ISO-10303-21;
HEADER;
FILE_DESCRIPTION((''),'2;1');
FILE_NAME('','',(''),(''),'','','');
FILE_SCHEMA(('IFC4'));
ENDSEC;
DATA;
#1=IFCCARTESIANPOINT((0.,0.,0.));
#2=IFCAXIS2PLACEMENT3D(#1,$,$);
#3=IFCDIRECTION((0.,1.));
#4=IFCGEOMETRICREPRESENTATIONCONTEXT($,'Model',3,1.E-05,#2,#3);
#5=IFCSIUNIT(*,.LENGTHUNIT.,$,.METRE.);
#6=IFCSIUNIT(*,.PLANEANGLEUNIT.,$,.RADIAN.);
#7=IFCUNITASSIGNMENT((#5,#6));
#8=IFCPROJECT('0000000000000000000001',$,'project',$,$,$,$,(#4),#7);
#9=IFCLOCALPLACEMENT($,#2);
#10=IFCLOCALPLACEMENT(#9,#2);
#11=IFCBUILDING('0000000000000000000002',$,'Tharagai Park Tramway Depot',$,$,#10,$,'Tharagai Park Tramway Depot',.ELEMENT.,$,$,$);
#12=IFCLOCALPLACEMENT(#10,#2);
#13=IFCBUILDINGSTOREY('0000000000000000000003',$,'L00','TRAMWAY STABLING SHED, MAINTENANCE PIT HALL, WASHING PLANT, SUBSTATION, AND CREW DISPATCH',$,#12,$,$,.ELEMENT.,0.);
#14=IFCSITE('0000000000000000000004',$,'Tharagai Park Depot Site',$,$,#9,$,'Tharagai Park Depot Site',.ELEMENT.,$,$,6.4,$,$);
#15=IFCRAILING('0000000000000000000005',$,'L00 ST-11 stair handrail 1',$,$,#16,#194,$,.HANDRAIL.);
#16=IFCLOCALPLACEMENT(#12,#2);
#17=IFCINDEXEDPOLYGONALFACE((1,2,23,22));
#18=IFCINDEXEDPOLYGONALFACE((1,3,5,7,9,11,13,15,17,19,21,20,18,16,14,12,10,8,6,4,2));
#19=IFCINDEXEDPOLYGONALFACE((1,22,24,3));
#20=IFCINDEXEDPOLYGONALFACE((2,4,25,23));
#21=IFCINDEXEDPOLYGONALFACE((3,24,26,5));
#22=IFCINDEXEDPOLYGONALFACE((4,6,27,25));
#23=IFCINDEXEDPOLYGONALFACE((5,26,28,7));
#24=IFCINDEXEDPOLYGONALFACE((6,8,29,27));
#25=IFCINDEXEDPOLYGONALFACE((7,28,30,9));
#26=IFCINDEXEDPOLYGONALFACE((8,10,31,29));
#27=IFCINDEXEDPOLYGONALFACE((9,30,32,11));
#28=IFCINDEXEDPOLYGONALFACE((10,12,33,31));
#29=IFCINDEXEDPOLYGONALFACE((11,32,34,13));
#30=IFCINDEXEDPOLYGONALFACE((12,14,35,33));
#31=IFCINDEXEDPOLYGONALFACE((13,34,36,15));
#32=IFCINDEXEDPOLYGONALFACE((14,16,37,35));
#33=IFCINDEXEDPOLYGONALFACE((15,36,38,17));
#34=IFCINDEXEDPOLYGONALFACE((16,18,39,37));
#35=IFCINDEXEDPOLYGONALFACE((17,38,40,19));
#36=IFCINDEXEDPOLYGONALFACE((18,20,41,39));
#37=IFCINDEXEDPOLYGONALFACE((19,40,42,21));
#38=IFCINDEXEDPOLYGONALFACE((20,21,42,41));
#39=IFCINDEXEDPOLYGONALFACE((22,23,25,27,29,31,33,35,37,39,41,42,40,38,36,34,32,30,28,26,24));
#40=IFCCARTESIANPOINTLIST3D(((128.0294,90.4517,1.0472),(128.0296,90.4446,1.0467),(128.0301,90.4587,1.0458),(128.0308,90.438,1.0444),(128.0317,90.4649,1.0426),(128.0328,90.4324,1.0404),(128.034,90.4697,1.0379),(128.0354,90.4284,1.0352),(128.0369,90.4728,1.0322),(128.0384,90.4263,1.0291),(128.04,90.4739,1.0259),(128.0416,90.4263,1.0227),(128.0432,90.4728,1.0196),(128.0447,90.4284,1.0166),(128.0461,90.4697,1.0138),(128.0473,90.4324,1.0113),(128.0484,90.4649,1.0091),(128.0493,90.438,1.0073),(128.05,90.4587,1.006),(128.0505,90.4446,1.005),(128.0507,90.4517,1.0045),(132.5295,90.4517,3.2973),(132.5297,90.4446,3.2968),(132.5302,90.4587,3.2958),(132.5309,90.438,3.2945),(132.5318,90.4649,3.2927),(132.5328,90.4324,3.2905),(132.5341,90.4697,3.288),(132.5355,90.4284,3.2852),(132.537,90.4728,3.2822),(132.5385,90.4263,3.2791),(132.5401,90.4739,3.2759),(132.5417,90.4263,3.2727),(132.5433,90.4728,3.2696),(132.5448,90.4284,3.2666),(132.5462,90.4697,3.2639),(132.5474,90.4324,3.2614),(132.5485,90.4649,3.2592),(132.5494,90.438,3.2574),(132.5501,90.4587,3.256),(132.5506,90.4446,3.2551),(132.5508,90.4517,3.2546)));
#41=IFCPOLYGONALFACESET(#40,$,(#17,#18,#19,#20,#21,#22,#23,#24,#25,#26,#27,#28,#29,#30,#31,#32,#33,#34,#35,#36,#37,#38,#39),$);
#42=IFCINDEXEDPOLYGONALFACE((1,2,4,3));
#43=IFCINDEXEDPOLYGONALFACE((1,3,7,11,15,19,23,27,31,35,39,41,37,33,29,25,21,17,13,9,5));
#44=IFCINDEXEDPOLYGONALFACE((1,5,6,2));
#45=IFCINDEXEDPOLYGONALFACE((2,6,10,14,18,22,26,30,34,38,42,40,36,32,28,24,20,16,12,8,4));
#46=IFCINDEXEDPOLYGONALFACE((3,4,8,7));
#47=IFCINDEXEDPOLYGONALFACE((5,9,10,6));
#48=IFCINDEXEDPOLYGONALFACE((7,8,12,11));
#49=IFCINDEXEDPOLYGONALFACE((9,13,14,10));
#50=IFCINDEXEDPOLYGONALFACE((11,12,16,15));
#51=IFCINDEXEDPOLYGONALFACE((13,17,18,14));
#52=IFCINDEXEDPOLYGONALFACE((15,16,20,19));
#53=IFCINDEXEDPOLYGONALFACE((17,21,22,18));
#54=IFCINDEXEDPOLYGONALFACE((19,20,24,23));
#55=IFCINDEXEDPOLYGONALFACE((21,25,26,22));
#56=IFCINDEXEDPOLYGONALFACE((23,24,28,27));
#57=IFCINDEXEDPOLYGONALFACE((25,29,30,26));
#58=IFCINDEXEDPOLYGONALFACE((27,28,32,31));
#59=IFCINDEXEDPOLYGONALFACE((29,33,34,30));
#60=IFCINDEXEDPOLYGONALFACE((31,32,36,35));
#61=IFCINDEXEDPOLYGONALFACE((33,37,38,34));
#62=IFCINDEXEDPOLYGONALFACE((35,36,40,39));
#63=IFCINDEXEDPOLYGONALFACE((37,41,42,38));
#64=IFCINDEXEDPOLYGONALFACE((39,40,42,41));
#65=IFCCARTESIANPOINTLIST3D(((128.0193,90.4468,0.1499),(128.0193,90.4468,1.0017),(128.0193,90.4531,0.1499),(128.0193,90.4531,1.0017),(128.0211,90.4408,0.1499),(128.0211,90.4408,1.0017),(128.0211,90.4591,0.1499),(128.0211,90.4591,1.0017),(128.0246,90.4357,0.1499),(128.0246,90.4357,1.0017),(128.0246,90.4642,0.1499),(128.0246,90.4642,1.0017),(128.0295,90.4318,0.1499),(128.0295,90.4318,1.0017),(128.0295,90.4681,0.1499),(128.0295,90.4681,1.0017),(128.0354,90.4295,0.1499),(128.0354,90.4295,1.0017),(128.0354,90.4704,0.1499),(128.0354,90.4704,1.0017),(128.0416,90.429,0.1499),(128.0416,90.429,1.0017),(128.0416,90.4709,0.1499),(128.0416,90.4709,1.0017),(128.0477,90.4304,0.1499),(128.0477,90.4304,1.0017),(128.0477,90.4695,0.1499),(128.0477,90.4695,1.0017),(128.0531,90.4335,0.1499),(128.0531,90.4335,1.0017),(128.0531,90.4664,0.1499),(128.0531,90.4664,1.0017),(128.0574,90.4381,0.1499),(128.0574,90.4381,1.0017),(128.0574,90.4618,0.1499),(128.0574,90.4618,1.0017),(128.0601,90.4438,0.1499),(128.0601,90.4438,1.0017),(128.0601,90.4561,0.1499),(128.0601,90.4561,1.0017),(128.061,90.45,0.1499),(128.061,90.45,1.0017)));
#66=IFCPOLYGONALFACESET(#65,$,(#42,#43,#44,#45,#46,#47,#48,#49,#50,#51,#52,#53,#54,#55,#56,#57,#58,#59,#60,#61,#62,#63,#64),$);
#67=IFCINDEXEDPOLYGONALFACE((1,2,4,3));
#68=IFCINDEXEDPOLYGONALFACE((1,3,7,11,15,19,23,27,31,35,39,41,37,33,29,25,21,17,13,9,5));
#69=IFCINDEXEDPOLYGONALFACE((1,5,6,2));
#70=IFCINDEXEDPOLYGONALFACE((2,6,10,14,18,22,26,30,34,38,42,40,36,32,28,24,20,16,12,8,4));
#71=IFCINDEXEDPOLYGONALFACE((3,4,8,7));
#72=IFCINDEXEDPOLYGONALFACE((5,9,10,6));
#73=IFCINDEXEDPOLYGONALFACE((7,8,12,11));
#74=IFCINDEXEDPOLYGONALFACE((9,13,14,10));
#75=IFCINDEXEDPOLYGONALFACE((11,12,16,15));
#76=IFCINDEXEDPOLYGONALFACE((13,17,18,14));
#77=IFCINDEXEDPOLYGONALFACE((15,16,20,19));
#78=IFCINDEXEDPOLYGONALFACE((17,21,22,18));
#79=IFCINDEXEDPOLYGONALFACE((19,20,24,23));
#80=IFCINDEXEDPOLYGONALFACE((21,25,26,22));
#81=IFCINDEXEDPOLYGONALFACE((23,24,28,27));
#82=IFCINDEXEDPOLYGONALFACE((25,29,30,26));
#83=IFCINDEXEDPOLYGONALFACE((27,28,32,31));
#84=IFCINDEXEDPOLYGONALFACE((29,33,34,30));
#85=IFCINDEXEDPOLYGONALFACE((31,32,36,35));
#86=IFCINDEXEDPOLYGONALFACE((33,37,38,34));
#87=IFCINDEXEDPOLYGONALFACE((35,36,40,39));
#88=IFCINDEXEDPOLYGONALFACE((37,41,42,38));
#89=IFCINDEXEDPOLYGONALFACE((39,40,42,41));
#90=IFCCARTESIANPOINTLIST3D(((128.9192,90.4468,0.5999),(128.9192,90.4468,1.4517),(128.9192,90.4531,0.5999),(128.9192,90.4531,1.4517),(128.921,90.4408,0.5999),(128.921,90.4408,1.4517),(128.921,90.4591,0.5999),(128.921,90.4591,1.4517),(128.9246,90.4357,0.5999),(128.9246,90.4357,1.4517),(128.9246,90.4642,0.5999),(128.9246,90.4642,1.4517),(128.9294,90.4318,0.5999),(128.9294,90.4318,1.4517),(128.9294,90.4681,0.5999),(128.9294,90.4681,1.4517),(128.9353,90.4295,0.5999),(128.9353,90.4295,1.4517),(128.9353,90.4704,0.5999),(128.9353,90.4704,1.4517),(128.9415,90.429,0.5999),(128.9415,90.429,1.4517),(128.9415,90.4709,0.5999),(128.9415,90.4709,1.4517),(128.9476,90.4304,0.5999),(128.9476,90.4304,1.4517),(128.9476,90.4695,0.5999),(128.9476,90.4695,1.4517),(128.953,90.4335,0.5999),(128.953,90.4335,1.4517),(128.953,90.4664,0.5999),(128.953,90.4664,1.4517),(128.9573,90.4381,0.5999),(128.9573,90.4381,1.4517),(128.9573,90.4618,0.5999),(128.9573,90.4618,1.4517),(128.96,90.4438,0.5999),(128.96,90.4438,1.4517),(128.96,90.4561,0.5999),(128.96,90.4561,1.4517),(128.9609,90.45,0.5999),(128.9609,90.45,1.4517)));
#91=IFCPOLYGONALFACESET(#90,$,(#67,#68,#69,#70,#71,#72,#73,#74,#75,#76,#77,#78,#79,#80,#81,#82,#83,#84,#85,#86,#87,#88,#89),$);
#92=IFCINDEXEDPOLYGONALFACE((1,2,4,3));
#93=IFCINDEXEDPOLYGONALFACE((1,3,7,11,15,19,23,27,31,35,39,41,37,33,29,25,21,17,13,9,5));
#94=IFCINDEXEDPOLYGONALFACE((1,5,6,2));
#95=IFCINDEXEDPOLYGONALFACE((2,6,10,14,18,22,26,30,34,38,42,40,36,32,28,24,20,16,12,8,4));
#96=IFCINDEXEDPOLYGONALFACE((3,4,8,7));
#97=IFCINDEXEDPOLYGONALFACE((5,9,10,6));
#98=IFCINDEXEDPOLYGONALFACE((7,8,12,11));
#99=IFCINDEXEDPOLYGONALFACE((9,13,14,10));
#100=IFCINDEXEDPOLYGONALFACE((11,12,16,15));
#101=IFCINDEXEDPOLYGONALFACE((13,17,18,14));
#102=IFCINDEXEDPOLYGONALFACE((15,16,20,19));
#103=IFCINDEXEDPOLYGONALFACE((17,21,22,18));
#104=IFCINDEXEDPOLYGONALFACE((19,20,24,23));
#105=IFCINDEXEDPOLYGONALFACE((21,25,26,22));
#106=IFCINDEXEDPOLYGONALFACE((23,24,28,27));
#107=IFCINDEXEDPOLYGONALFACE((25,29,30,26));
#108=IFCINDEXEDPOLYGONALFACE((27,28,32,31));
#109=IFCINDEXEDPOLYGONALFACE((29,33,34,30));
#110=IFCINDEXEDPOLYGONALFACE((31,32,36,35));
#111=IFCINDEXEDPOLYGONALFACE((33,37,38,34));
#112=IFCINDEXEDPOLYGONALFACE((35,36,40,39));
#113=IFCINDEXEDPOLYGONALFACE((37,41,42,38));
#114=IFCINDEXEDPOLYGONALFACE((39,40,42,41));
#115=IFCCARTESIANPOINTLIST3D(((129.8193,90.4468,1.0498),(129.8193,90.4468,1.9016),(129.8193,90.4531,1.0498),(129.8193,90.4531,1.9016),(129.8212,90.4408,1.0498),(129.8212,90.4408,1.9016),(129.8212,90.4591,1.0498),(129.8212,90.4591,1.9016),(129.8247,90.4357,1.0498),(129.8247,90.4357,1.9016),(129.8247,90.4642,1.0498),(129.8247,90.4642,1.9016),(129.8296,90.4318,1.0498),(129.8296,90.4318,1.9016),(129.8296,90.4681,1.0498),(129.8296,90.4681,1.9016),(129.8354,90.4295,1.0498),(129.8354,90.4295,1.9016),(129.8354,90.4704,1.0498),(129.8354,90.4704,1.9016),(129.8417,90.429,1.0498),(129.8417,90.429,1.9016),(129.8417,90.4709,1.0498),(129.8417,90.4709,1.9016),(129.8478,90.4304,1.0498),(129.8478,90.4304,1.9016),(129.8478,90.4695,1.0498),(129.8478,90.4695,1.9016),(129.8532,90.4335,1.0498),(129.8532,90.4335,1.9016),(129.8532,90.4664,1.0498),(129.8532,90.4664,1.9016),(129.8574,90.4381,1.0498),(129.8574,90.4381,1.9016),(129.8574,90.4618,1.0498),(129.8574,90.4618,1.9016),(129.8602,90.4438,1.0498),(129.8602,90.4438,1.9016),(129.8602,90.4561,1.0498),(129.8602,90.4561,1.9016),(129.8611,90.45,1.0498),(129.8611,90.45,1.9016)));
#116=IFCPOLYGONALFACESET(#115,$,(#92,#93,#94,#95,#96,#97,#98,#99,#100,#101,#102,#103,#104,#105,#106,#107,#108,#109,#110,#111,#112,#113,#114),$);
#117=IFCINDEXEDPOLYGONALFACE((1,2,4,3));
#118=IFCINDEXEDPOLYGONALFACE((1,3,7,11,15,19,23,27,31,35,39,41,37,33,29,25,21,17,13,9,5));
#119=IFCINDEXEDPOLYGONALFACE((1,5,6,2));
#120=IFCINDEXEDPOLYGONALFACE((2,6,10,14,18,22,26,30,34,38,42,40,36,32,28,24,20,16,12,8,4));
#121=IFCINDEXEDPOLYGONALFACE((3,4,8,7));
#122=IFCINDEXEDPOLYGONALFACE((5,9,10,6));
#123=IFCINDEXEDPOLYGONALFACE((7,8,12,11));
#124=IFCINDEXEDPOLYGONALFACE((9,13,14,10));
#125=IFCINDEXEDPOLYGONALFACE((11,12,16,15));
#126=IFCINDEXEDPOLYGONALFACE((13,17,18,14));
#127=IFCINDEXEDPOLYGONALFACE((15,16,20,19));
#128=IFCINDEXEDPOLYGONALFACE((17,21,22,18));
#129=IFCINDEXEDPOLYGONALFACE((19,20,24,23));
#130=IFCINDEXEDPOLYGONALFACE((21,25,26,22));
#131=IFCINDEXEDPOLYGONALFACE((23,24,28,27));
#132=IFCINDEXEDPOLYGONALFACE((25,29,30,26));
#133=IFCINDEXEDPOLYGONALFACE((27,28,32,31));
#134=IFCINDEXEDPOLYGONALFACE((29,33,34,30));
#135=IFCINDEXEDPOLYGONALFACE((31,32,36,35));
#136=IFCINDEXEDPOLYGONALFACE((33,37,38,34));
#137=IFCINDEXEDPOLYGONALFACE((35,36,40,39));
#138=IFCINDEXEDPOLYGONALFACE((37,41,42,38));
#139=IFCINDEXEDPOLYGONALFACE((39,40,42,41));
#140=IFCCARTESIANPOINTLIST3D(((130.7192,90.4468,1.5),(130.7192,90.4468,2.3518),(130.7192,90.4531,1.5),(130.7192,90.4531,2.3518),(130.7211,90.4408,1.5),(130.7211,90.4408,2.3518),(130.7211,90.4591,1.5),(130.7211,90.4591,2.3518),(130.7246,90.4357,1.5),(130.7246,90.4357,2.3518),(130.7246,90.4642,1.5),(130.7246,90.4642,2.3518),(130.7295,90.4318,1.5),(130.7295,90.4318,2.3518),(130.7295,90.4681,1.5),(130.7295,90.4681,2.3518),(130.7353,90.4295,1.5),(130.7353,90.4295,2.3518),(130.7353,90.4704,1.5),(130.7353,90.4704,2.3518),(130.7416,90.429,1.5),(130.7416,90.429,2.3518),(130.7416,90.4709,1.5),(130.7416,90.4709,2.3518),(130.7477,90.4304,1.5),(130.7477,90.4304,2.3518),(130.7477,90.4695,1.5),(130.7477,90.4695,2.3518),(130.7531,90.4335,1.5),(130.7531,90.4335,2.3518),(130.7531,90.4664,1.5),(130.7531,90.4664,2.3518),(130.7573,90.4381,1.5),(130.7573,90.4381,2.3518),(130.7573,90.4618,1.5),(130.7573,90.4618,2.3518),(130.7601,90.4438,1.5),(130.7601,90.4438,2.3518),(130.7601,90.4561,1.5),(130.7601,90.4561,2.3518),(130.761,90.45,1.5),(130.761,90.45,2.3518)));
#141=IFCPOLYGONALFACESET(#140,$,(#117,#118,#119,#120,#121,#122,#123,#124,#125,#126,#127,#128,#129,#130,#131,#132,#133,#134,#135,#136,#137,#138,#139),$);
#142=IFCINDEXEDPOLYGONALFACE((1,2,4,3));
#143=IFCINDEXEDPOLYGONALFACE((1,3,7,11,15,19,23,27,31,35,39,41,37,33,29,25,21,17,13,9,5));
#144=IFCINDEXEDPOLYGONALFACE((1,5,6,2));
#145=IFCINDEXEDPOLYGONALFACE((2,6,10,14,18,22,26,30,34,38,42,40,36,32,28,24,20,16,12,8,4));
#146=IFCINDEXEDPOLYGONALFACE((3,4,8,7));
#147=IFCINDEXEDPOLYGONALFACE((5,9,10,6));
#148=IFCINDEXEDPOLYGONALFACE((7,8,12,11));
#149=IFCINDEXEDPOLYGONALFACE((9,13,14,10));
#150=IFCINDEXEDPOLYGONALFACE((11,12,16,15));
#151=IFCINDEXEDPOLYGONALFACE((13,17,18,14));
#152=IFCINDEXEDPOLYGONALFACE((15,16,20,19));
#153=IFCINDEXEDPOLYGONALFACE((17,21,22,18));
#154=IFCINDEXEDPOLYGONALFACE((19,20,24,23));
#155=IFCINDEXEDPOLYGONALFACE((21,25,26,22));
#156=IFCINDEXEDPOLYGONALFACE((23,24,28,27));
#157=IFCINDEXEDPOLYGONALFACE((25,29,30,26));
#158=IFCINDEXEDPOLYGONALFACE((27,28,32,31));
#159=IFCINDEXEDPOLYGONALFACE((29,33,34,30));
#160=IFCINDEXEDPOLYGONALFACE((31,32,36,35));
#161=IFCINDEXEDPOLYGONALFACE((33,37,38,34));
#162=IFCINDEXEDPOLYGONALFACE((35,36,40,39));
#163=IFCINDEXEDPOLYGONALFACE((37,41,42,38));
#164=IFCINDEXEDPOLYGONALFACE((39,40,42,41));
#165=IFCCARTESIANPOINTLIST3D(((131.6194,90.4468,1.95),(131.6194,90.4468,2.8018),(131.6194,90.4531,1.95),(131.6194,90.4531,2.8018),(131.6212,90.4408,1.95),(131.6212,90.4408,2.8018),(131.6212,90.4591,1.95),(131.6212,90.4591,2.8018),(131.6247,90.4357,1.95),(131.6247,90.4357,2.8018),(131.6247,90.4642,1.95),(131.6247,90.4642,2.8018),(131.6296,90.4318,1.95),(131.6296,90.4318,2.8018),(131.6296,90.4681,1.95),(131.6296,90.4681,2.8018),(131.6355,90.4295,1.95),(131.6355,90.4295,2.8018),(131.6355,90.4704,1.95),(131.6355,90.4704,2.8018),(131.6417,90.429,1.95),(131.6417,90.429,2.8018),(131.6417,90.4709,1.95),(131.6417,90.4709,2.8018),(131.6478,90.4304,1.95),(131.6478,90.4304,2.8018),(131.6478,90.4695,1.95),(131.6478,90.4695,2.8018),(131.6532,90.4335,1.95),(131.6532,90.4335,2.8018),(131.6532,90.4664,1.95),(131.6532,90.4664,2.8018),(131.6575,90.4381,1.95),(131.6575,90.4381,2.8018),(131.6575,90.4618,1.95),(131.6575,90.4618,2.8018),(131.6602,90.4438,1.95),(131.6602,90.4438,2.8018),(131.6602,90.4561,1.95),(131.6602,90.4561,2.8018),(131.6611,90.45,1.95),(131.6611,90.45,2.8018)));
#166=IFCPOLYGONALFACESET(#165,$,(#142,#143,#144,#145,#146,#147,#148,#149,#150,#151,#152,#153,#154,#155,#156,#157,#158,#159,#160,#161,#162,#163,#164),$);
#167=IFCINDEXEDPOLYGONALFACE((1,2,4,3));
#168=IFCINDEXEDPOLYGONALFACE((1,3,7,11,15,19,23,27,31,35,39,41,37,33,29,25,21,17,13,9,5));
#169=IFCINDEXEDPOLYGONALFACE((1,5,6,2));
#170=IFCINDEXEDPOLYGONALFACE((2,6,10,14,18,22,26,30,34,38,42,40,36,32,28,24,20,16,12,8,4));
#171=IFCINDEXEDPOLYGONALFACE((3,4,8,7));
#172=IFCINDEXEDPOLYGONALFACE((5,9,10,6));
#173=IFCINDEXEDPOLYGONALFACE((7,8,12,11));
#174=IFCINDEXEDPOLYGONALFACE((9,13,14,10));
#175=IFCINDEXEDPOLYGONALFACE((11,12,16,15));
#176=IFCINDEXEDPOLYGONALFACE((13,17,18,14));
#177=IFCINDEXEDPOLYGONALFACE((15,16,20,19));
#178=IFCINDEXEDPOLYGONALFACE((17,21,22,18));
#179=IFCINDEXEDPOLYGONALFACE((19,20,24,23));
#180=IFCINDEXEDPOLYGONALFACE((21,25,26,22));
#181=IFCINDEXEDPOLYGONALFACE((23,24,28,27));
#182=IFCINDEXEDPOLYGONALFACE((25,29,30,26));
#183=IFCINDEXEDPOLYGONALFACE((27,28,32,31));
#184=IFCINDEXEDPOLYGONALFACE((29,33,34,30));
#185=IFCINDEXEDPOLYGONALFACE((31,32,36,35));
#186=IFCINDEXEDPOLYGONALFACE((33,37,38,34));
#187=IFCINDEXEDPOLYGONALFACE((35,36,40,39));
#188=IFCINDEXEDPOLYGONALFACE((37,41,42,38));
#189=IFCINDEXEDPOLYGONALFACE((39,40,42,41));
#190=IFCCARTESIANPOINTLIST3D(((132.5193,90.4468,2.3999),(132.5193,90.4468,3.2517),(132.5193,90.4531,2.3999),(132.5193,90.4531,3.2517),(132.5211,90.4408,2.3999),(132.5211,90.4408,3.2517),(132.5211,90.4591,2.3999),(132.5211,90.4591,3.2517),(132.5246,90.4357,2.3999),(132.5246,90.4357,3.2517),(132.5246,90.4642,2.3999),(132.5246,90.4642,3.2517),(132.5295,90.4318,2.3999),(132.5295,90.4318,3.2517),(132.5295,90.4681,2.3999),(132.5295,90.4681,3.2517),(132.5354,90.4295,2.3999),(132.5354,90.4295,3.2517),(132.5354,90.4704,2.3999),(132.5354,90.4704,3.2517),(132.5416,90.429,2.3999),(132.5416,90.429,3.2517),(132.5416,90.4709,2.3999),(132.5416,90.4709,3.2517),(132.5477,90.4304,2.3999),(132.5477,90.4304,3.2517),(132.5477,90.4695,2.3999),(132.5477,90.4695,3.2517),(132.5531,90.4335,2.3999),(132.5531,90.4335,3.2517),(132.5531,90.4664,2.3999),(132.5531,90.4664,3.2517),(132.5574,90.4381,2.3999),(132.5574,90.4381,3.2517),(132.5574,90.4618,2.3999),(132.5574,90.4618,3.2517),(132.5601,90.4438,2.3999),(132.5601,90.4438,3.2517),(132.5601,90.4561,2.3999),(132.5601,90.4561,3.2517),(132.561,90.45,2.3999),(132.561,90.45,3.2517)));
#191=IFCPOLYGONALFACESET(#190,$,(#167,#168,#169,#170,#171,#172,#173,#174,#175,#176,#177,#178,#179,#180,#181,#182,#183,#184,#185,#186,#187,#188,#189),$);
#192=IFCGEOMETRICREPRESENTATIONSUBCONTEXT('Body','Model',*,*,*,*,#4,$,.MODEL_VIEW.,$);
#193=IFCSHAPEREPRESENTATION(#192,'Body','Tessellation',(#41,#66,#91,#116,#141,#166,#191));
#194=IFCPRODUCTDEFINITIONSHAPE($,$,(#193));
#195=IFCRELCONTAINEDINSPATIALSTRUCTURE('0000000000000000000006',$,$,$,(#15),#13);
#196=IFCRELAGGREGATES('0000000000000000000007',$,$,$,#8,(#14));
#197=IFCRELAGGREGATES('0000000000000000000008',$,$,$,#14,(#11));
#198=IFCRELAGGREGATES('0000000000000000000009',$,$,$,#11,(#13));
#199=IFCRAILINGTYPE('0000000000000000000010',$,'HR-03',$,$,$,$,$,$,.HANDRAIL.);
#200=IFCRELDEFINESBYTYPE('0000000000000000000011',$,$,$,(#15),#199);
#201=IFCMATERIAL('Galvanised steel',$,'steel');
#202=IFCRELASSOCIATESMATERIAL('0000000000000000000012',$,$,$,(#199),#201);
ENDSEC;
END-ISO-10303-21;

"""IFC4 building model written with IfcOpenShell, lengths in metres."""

from ifc_helpers import new_model, si_unit, direction, frame, origin, origin_2d, place, context, subcontext, project, spatial, circle, extrude, material, type_object, element, save


model = new_model("IFC4")

# Units and contexts
model_context = context("Model", 3, precision=1e-05, world=origin(), true_north=direction((0.0, 1.0)))
body_context = subcontext(model_context, "Body", "Model", "MODEL_VIEW")
ifc_project = project(units=[si_unit("LENGTHUNIT", "METRE"), si_unit("PLANEANGLEUNIT", "RADIAN")], contexts=[model_context])

# Site, building, storey
site_placement = place(None, origin())
site = spatial("IfcSite", under=ifc_project, at=site_placement, Name="Tharagai Park Depot Site", LongName="Tharagai Park Depot Site", CompositionType="ELEMENT", RefElevation=6.4)
building_placement = place(site_placement, origin())
building = spatial("IfcBuilding", under=site, at=building_placement, Name="Tharagai Park Tramway Depot", LongName="Tharagai Park Tramway Depot", CompositionType="ELEMENT")
storey_placement = place(building_placement, origin())
storey = spatial("IfcBuildingStorey", under=building, at=storey_placement, Name="L00", Description="TRAMWAY STABLING SHED, MAINTENANCE PIT HALL, WASHING PLANT, SUBSTATION, AND CREW DISPATCH", CompositionType="ELEMENT", Elevation=0.0)

# Railing
ifc_material_1 = material(Name="Galvanised steel", Category="steel")
railing_type = type_object("IfcRailingType", Name="HR-03", PredefinedType="HANDRAIL", material=ifc_material_1)
railing_placement = place(storey_placement, frame((128.04, 90.45, 0.1499)))
element("IfcRailing", 1, at=railing_placement, inside=storey, type_object=railing_type, Name="L00 ST-11 stair handrail 1", PredefinedType="HANDRAIL", context=body_context, shape_type="SweptSolid", body=[
    extrude(circle(Radius=0.0239, at=origin_2d()), frame((0.0, 0.0, 0.876), z_axis=(0.894427, 0.0, 0.447214), x_axis=(0.0, 1.0, 0.0)), (0.0, 0.0, 1.0), 5.0312),
    extrude(circle(Radius=0.021, at=origin_2d()), origin(), (0.0, 0.0, 1.0), 0.8518),
    extrude(circle(Radius=0.021, at=origin_2d()), frame((0.8999, 0.0, 0.45)), (0.0, 0.0, 1.0), 0.8518),
    extrude(circle(Radius=0.021, at=origin_2d()), frame((1.8, 0.0, 0.8999)), (0.0, 0.0, 1.0), 0.8518),
    extrude(circle(Radius=0.021, at=origin_2d()), frame((2.7, 0.0, 1.3501)), (0.0, 0.0, 1.0), 0.8518),
    extrude(circle(Radius=0.021, at=origin_2d()), frame((3.6001, 0.0, 1.8)), (0.0, 0.0, 1.0), 0.8518),
    extrude(circle(Radius=0.021, at=origin_2d()), frame((4.5, 0.0, 2.25)), (0.0, 0.0, 1.0), 0.8518),
])

save(model, "model.ifc")
